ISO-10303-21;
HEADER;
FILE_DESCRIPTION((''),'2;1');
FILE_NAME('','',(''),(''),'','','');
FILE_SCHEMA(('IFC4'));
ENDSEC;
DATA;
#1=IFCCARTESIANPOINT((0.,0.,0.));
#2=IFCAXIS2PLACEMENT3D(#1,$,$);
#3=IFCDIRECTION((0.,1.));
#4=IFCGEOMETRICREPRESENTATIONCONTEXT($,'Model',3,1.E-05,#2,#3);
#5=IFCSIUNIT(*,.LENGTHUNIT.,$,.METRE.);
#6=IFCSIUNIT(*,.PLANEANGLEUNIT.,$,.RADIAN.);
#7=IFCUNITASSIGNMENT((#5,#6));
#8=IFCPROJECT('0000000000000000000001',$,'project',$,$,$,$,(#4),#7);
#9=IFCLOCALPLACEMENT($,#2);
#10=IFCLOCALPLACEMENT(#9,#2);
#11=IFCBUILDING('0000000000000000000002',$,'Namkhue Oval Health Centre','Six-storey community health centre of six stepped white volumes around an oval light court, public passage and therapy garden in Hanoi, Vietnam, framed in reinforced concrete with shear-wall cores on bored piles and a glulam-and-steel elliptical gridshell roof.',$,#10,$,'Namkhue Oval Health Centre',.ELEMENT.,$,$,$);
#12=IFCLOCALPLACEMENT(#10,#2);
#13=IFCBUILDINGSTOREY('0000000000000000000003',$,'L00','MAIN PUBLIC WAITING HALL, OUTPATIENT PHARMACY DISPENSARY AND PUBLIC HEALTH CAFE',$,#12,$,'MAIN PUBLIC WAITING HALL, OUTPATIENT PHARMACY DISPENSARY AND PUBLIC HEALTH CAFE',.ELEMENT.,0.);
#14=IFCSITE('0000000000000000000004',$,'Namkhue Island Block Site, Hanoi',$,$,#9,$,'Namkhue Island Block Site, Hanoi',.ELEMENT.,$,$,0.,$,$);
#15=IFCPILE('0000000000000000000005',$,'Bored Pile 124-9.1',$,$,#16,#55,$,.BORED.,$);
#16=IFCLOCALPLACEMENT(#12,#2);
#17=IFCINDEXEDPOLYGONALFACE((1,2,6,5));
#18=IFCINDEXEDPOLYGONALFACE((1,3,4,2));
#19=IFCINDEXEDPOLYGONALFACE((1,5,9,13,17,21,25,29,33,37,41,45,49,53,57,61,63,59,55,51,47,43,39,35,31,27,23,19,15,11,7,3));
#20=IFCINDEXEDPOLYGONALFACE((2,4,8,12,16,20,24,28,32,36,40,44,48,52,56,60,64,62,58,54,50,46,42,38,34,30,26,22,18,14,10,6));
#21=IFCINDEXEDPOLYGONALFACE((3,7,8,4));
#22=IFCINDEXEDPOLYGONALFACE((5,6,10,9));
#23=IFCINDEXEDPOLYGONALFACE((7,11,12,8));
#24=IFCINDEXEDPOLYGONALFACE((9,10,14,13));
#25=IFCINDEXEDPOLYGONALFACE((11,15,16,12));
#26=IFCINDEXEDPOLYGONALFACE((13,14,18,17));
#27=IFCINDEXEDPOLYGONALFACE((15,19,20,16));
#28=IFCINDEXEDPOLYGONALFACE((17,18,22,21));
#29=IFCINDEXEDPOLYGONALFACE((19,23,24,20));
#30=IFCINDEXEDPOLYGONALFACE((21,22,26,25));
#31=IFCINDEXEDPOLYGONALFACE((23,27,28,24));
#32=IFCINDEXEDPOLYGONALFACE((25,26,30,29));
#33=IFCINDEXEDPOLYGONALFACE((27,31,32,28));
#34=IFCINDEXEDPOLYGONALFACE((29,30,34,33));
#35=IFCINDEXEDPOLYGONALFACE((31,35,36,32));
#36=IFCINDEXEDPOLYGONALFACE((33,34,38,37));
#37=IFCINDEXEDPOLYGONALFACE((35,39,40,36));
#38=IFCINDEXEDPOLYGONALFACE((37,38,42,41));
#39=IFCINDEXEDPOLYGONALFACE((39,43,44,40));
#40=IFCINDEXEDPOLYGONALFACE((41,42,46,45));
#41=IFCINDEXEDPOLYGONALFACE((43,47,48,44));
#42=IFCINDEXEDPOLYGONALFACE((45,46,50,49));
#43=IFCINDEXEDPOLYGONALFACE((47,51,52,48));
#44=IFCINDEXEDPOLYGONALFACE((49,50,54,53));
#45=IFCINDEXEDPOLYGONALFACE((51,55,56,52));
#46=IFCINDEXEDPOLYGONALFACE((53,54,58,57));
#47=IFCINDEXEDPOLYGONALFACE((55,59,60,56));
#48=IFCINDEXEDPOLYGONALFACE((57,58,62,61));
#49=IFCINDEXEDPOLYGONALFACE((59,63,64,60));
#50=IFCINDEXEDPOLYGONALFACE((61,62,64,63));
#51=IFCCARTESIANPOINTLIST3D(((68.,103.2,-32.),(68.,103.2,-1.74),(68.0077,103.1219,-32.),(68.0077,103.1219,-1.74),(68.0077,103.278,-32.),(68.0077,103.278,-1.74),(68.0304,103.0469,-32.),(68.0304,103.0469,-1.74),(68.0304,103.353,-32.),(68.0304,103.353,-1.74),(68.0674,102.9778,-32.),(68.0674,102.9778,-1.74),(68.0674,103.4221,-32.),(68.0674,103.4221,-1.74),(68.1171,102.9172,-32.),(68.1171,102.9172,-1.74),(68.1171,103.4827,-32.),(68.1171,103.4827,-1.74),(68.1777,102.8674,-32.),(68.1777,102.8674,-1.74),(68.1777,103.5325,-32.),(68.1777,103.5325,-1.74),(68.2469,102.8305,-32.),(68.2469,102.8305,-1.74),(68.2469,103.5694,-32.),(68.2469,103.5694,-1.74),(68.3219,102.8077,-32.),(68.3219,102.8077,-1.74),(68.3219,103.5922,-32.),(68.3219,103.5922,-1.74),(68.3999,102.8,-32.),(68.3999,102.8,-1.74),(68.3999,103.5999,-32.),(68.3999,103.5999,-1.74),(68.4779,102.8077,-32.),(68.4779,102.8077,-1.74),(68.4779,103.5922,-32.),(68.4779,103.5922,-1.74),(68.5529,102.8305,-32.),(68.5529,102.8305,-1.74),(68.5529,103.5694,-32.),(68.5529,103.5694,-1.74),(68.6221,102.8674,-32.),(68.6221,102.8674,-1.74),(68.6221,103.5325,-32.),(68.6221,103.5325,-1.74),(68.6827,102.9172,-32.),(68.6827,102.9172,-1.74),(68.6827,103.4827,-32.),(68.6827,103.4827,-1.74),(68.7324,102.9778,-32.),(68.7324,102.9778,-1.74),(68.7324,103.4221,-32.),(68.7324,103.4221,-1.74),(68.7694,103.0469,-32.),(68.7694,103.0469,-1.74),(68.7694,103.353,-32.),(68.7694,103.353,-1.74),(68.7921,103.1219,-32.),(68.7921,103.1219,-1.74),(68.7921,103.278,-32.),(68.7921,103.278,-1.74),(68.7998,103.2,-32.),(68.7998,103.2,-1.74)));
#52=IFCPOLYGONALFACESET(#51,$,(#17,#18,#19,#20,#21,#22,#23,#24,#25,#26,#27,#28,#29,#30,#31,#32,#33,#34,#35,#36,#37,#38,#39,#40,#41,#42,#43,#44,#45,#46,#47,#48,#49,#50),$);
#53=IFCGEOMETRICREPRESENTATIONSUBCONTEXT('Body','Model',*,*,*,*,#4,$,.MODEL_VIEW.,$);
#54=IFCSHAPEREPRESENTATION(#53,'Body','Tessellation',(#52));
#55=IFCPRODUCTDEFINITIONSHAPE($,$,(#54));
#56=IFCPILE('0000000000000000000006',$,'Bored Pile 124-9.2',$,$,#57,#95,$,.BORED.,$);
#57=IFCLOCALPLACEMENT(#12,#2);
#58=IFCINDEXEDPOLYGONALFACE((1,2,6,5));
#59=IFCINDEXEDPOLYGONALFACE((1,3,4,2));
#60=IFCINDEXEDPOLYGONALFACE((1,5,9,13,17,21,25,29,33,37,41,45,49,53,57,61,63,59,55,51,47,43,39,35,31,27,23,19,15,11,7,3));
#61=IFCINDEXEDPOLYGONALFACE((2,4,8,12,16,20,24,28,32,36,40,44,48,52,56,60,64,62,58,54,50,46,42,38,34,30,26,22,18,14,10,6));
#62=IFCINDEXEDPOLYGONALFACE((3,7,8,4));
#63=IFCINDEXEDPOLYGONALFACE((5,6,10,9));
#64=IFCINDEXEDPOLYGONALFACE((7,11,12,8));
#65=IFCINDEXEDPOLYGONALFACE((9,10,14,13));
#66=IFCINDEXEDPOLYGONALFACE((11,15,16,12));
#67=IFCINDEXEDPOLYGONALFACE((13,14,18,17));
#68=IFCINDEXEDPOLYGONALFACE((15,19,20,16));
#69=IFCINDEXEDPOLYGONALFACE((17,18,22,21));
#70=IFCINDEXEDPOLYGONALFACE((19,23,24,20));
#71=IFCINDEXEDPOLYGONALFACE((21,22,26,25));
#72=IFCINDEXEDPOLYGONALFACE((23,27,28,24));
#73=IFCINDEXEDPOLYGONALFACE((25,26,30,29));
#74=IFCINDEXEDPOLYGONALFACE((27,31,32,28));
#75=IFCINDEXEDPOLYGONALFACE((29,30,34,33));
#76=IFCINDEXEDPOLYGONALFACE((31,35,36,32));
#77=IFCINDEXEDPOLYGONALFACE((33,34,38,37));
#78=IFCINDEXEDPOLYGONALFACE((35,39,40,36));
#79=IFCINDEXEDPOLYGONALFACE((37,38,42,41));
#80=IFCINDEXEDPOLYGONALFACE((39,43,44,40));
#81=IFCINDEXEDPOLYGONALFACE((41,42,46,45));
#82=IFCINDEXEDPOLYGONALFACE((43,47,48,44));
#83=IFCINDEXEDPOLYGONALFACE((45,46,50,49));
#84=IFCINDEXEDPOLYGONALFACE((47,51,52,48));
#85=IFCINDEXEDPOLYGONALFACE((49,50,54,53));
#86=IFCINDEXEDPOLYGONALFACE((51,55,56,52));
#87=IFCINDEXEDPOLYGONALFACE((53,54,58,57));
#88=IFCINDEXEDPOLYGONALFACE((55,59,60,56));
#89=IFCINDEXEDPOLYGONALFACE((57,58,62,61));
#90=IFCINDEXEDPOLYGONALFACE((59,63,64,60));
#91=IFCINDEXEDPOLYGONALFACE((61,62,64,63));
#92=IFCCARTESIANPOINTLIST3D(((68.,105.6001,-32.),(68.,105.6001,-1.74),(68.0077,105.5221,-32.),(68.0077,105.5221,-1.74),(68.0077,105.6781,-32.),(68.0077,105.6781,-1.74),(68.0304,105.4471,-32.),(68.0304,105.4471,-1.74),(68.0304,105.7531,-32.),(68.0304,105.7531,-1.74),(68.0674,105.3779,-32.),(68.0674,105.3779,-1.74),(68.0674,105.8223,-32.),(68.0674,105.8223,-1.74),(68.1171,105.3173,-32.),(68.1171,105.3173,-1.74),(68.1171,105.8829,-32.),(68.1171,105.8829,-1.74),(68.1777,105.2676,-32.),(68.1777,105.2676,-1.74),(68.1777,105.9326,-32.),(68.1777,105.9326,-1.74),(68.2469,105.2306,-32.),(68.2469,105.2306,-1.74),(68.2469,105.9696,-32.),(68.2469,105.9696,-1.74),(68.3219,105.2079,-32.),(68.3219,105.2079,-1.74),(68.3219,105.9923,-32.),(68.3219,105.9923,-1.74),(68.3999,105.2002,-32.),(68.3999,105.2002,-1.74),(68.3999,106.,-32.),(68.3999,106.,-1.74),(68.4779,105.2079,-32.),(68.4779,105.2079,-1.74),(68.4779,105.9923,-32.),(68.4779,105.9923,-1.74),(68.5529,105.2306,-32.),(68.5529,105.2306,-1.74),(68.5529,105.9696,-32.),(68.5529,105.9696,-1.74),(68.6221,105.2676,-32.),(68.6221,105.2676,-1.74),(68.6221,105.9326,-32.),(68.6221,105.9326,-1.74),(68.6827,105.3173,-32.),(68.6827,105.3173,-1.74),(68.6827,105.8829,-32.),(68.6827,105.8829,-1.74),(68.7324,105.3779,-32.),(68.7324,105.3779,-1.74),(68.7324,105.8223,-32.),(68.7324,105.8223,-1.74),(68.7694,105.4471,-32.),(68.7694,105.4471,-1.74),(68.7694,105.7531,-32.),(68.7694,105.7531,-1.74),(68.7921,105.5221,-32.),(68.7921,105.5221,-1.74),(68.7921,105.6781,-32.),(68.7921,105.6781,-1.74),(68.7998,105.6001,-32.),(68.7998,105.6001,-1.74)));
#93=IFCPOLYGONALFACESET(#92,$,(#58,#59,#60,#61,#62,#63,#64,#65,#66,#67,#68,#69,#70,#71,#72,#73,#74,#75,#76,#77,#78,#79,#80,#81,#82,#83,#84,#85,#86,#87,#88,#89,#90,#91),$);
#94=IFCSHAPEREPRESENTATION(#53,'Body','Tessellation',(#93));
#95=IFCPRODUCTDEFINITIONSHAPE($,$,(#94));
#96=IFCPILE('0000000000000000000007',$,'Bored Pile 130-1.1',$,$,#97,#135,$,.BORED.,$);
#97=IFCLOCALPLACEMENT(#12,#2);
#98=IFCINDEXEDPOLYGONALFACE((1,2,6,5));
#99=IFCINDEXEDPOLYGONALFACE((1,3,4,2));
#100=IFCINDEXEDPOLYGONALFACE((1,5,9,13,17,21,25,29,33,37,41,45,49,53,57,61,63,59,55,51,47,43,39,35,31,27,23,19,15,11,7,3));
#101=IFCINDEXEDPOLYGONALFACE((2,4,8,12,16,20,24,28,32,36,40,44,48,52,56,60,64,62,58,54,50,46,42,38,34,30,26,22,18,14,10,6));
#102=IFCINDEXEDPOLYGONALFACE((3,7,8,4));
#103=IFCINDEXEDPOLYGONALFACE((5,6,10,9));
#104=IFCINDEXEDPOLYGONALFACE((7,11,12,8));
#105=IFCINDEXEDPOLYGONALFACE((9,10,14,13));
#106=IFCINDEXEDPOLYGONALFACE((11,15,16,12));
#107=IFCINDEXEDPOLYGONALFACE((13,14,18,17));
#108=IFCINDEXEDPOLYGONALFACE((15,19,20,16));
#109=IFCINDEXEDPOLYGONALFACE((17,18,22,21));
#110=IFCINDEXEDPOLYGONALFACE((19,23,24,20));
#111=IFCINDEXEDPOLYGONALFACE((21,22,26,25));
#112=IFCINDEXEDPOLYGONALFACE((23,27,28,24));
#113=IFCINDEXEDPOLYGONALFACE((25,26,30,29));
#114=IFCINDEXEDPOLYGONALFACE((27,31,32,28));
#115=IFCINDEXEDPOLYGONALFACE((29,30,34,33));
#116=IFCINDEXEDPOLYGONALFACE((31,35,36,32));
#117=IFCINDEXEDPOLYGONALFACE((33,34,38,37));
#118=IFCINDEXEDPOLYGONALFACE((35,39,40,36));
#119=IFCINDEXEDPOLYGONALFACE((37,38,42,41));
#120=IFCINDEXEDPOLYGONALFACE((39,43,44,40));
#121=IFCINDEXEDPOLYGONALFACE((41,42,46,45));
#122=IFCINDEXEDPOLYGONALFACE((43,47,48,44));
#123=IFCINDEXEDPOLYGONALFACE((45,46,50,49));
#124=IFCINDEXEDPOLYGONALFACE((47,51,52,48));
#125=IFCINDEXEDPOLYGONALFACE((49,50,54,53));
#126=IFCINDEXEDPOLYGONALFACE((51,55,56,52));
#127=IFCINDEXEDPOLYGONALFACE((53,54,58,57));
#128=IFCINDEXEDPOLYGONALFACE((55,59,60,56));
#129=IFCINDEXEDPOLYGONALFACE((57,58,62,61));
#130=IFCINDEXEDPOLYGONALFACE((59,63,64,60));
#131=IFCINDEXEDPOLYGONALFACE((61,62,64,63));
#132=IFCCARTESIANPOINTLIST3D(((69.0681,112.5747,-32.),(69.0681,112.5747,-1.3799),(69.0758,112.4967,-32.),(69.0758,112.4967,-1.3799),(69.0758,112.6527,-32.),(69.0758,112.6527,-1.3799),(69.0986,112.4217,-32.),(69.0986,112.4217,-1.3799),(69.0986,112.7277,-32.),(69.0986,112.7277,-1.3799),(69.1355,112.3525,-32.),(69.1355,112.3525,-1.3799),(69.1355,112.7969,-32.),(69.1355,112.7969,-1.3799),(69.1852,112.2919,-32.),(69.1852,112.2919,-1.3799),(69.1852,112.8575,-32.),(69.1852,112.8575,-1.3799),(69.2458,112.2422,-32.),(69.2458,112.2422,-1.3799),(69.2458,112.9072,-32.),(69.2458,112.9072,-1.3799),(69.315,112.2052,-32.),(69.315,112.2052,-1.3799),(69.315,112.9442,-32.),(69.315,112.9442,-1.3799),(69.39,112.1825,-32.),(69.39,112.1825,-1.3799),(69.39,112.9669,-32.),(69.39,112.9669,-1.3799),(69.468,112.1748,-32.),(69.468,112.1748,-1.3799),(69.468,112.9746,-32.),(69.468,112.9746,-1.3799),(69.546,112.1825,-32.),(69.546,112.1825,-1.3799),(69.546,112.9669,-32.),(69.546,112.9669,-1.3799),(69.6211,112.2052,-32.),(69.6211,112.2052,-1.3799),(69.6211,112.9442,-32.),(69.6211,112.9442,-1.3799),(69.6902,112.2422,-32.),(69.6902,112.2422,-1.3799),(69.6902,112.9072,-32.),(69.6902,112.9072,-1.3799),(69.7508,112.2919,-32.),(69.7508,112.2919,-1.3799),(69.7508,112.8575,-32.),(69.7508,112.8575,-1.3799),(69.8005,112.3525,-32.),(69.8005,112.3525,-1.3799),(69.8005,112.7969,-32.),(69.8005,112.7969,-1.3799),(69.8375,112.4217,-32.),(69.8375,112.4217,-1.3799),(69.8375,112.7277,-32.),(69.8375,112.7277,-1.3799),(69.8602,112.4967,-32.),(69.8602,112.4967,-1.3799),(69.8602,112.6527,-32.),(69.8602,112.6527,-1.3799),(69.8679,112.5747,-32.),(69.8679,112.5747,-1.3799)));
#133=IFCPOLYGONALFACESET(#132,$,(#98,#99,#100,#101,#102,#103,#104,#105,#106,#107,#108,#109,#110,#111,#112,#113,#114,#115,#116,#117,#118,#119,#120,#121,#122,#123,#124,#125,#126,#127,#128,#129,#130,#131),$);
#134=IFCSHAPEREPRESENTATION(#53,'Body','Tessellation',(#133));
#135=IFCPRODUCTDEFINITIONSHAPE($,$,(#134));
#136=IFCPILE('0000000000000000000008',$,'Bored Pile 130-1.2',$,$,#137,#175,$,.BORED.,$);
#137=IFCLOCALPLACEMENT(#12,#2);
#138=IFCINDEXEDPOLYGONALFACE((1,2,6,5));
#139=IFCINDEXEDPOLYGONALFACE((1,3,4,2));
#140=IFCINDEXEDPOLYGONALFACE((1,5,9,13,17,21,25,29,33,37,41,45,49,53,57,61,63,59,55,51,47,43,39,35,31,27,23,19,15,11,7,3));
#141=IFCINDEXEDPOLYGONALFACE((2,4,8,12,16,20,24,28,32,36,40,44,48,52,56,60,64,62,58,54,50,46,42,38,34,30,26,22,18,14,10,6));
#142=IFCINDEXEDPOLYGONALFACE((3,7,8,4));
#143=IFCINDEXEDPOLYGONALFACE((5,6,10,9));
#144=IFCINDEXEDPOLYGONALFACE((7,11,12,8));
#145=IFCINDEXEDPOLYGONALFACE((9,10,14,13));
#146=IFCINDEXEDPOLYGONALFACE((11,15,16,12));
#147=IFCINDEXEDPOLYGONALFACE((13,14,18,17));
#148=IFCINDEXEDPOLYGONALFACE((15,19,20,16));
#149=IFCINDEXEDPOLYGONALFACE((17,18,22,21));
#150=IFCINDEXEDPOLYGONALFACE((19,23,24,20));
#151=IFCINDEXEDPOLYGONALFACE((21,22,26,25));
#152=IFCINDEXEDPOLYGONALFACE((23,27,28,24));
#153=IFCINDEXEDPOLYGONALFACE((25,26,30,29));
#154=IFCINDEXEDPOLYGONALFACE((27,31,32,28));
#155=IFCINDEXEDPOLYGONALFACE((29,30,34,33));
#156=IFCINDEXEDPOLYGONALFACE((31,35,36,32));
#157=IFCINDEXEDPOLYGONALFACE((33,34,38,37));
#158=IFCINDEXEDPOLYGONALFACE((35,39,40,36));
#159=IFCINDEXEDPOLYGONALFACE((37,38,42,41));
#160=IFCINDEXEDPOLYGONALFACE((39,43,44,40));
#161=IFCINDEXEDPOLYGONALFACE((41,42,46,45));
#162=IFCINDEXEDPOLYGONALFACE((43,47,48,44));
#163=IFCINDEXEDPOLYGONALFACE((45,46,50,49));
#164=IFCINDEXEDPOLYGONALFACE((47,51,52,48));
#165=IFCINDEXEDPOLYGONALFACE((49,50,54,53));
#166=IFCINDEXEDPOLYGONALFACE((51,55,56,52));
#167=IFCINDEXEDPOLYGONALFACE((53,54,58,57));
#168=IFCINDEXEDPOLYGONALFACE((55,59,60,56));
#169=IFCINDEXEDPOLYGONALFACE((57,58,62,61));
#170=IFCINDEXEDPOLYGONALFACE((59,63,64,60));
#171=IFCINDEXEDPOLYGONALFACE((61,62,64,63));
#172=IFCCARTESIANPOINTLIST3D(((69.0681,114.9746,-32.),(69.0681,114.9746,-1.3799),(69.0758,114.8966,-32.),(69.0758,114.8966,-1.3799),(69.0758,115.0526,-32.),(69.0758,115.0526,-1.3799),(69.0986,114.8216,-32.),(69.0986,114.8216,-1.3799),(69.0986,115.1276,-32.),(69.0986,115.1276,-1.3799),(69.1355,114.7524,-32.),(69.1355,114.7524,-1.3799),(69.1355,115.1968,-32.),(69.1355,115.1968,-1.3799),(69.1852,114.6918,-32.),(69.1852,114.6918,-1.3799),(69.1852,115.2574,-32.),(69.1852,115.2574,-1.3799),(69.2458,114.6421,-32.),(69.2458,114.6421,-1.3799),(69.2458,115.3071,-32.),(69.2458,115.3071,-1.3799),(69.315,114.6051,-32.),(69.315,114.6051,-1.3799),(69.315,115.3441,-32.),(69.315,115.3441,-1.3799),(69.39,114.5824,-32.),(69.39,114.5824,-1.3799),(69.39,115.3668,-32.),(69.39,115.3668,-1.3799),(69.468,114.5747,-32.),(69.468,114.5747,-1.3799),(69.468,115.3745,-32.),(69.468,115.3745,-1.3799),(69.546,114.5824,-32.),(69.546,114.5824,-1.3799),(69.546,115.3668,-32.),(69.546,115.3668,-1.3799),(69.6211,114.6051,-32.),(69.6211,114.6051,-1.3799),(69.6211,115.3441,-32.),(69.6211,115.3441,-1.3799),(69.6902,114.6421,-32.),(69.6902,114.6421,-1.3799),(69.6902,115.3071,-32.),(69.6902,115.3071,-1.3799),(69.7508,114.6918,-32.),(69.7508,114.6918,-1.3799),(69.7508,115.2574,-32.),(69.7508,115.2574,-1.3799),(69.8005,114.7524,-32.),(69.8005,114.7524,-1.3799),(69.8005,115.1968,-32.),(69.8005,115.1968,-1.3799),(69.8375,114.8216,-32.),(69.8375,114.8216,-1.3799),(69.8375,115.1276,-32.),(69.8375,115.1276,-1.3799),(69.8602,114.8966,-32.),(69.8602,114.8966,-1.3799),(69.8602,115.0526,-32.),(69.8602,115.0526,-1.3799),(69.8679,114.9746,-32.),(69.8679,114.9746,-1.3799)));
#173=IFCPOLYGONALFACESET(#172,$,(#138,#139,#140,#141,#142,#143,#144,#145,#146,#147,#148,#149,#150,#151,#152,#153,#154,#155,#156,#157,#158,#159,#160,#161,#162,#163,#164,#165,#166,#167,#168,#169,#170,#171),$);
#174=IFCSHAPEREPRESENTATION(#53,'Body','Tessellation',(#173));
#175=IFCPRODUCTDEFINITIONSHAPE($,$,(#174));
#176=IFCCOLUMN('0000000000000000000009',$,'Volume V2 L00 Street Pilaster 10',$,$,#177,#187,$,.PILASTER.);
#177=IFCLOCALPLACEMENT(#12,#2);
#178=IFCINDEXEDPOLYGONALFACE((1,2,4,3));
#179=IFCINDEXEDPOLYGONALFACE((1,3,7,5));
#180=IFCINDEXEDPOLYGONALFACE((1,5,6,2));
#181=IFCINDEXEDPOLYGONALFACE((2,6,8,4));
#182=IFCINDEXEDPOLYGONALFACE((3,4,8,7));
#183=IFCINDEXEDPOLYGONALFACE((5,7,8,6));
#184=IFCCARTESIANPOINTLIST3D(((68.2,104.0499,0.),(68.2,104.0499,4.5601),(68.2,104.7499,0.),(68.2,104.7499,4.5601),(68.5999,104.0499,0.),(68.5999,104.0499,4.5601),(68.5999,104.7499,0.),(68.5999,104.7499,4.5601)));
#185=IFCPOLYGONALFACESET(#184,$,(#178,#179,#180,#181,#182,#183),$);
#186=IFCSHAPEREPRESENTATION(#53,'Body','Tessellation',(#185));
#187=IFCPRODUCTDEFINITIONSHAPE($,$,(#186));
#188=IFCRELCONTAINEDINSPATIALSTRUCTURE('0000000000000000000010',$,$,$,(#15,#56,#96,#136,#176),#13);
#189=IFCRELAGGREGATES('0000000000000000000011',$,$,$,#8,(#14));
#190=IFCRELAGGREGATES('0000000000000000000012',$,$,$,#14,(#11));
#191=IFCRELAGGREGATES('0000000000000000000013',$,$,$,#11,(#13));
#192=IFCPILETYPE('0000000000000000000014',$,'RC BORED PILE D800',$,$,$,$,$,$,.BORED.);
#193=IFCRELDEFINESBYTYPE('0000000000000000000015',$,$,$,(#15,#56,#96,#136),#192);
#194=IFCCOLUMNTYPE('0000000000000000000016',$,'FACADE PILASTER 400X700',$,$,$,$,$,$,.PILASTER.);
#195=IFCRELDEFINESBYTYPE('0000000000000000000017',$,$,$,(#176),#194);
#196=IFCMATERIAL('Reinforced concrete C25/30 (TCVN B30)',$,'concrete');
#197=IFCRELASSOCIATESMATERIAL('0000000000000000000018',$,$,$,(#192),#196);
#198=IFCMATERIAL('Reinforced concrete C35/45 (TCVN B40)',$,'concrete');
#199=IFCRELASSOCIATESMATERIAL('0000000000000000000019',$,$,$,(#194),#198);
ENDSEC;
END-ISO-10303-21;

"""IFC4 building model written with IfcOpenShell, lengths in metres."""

from ifc_helpers import new_model, si_unit, direction, frame, origin, origin_2d, place, context, subcontext, project, spatial, rectangle, circle, extrude, material, material_profile, profile_set, type_object, element, save


model = new_model("IFC4")

# Units and contexts
model_context = context("Model", 3, precision=1e-05, world=origin(), true_north=direction((0.0, 1.0)))
body_context = subcontext(model_context, "Body", "Model", "MODEL_VIEW")
ifc_project = project(units=[si_unit("LENGTHUNIT", "METRE"), si_unit("PLANEANGLEUNIT", "RADIAN")], contexts=[model_context])

# Site, building, storey
site_placement = place(None, origin())
site = spatial("IfcSite", under=ifc_project, at=site_placement, Name="Namkhue Island Block Site, Hanoi", LongName="Namkhue Island Block Site, Hanoi", CompositionType="ELEMENT", RefElevation=0.0)
building_placement = place(site_placement, origin())
building = spatial("IfcBuilding", under=site, at=building_placement, Name="Namkhue Oval Health Centre", Description="Six-storey community health centre of six stepped white volumes around an oval light court, public passage and therapy garden in Hanoi, Vietnam, framed in reinforced concrete with shear-wall cores on bored piles and a glulam-and-steel elliptical gridshell roof.", LongName="Namkhue Oval Health Centre", CompositionType="ELEMENT")
storey_placement = place(building_placement, origin())
storey = spatial("IfcBuildingStorey", under=building, at=storey_placement, Name="L00", Description="MAIN PUBLIC WAITING HALL, OUTPATIENT PHARMACY DISPENSARY AND PUBLIC HEALTH CAFE", LongName="MAIN PUBLIC WAITING HALL, OUTPATIENT PHARMACY DISPENSARY AND PUBLIC HEALTH CAFE", CompositionType="ELEMENT", Elevation=0.0)

# Piles
ifc_material_1 = material(Name="Reinforced concrete C25/30 (TCVN B30)", Category="concrete")
ifc_material_profile_1 = material_profile(ifc_material_1, circle(Radius=0.3999, at=origin_2d()), Name="BORED PILE D800")
ifc_profile_set_1 = profile_set([ifc_material_profile_1], Name="Reinforced concrete C25/30 (TCVN B30)")
pile_type = type_object("IfcPileType", Name="RC BORED PILE D800", PredefinedType="BORED", material=ifc_profile_set_1)
for number, where, z_axis, x_axis, name in (
    (1, (68.3999, 103.2, -1.74), (0.0, 0.0, -1.0), (1.0, 0.0, 0.0), "Bored Pile 124-9.1"),
    (2, (68.3999, 105.6001, -1.74), (0.0, 0.0, -1.0), (1.0, 0.0, 0.0), "Bored Pile 124-9.2"),
):
    element("IfcPile", number, at=place(storey_placement, frame(where, z_axis=z_axis, x_axis=x_axis)), inside=storey, type_object=pile_type, Name=name, PredefinedType="BORED", context=body_context, shape_type="SweptSolid", body=[
        extrude(circle(Radius=0.3999, at=origin_2d()), origin(), (0.0, 0.0, 1.0), 30.26),
    ])
for number, where, z_axis, x_axis, name in (
    (3, (69.468, 112.5747, -1.3799), (0.0, 0.0, -1.0), (1.0, 0.0, 0.0), "Bored Pile 130-1.1"),
    (4, (69.468, 114.9746, -1.3799), (0.0, 0.0, -1.0), (1.0, 0.0, 0.0), "Bored Pile 130-1.2"),
):
    element("IfcPile", number, at=place(storey_placement, frame(where, z_axis=z_axis, x_axis=x_axis)), inside=storey, type_object=pile_type, Name=name, PredefinedType="BORED", context=body_context, shape_type="SweptSolid", body=[
        extrude(circle(Radius=0.3999, at=origin_2d()), origin(), (0.0, 0.0, 1.0), 30.6201),
    ])

# Column
ifc_material_2 = material(Name="Reinforced concrete C35/45 (TCVN B40)", Category="concrete")
ifc_material_profile_2 = material_profile(ifc_material_2, rectangle(XDim=0.3999, YDim=0.7, at=origin_2d()), Name="RC 400x700")
ifc_profile_set_2 = profile_set([ifc_material_profile_2], Name="Reinforced concrete C35/45 (TCVN B40)")
column_type_1 = type_object("IfcColumnType", Name="FACADE PILASTER 400X700", PredefinedType="PILASTER", material=ifc_profile_set_2)
column_1_placement = place(storey_placement, frame((68.3999, 104.3999, 0.0), z_axis=(0.0, 0.0, 1.0), x_axis=(1.0, 0.0, 0.0)))
element("IfcColumn", 5, at=column_1_placement, inside=storey, type_object=column_type_1, Name="Volume V2 L00 Street Pilaster 10", PredefinedType="PILASTER", context=body_context, shape_type="SweptSolid", body=[
    extrude(rectangle(XDim=0.3999, YDim=0.7, at=origin_2d()), origin(), (0.0, 0.0, 1.0), 4.5601),
])

save(model, "model.ifc")
